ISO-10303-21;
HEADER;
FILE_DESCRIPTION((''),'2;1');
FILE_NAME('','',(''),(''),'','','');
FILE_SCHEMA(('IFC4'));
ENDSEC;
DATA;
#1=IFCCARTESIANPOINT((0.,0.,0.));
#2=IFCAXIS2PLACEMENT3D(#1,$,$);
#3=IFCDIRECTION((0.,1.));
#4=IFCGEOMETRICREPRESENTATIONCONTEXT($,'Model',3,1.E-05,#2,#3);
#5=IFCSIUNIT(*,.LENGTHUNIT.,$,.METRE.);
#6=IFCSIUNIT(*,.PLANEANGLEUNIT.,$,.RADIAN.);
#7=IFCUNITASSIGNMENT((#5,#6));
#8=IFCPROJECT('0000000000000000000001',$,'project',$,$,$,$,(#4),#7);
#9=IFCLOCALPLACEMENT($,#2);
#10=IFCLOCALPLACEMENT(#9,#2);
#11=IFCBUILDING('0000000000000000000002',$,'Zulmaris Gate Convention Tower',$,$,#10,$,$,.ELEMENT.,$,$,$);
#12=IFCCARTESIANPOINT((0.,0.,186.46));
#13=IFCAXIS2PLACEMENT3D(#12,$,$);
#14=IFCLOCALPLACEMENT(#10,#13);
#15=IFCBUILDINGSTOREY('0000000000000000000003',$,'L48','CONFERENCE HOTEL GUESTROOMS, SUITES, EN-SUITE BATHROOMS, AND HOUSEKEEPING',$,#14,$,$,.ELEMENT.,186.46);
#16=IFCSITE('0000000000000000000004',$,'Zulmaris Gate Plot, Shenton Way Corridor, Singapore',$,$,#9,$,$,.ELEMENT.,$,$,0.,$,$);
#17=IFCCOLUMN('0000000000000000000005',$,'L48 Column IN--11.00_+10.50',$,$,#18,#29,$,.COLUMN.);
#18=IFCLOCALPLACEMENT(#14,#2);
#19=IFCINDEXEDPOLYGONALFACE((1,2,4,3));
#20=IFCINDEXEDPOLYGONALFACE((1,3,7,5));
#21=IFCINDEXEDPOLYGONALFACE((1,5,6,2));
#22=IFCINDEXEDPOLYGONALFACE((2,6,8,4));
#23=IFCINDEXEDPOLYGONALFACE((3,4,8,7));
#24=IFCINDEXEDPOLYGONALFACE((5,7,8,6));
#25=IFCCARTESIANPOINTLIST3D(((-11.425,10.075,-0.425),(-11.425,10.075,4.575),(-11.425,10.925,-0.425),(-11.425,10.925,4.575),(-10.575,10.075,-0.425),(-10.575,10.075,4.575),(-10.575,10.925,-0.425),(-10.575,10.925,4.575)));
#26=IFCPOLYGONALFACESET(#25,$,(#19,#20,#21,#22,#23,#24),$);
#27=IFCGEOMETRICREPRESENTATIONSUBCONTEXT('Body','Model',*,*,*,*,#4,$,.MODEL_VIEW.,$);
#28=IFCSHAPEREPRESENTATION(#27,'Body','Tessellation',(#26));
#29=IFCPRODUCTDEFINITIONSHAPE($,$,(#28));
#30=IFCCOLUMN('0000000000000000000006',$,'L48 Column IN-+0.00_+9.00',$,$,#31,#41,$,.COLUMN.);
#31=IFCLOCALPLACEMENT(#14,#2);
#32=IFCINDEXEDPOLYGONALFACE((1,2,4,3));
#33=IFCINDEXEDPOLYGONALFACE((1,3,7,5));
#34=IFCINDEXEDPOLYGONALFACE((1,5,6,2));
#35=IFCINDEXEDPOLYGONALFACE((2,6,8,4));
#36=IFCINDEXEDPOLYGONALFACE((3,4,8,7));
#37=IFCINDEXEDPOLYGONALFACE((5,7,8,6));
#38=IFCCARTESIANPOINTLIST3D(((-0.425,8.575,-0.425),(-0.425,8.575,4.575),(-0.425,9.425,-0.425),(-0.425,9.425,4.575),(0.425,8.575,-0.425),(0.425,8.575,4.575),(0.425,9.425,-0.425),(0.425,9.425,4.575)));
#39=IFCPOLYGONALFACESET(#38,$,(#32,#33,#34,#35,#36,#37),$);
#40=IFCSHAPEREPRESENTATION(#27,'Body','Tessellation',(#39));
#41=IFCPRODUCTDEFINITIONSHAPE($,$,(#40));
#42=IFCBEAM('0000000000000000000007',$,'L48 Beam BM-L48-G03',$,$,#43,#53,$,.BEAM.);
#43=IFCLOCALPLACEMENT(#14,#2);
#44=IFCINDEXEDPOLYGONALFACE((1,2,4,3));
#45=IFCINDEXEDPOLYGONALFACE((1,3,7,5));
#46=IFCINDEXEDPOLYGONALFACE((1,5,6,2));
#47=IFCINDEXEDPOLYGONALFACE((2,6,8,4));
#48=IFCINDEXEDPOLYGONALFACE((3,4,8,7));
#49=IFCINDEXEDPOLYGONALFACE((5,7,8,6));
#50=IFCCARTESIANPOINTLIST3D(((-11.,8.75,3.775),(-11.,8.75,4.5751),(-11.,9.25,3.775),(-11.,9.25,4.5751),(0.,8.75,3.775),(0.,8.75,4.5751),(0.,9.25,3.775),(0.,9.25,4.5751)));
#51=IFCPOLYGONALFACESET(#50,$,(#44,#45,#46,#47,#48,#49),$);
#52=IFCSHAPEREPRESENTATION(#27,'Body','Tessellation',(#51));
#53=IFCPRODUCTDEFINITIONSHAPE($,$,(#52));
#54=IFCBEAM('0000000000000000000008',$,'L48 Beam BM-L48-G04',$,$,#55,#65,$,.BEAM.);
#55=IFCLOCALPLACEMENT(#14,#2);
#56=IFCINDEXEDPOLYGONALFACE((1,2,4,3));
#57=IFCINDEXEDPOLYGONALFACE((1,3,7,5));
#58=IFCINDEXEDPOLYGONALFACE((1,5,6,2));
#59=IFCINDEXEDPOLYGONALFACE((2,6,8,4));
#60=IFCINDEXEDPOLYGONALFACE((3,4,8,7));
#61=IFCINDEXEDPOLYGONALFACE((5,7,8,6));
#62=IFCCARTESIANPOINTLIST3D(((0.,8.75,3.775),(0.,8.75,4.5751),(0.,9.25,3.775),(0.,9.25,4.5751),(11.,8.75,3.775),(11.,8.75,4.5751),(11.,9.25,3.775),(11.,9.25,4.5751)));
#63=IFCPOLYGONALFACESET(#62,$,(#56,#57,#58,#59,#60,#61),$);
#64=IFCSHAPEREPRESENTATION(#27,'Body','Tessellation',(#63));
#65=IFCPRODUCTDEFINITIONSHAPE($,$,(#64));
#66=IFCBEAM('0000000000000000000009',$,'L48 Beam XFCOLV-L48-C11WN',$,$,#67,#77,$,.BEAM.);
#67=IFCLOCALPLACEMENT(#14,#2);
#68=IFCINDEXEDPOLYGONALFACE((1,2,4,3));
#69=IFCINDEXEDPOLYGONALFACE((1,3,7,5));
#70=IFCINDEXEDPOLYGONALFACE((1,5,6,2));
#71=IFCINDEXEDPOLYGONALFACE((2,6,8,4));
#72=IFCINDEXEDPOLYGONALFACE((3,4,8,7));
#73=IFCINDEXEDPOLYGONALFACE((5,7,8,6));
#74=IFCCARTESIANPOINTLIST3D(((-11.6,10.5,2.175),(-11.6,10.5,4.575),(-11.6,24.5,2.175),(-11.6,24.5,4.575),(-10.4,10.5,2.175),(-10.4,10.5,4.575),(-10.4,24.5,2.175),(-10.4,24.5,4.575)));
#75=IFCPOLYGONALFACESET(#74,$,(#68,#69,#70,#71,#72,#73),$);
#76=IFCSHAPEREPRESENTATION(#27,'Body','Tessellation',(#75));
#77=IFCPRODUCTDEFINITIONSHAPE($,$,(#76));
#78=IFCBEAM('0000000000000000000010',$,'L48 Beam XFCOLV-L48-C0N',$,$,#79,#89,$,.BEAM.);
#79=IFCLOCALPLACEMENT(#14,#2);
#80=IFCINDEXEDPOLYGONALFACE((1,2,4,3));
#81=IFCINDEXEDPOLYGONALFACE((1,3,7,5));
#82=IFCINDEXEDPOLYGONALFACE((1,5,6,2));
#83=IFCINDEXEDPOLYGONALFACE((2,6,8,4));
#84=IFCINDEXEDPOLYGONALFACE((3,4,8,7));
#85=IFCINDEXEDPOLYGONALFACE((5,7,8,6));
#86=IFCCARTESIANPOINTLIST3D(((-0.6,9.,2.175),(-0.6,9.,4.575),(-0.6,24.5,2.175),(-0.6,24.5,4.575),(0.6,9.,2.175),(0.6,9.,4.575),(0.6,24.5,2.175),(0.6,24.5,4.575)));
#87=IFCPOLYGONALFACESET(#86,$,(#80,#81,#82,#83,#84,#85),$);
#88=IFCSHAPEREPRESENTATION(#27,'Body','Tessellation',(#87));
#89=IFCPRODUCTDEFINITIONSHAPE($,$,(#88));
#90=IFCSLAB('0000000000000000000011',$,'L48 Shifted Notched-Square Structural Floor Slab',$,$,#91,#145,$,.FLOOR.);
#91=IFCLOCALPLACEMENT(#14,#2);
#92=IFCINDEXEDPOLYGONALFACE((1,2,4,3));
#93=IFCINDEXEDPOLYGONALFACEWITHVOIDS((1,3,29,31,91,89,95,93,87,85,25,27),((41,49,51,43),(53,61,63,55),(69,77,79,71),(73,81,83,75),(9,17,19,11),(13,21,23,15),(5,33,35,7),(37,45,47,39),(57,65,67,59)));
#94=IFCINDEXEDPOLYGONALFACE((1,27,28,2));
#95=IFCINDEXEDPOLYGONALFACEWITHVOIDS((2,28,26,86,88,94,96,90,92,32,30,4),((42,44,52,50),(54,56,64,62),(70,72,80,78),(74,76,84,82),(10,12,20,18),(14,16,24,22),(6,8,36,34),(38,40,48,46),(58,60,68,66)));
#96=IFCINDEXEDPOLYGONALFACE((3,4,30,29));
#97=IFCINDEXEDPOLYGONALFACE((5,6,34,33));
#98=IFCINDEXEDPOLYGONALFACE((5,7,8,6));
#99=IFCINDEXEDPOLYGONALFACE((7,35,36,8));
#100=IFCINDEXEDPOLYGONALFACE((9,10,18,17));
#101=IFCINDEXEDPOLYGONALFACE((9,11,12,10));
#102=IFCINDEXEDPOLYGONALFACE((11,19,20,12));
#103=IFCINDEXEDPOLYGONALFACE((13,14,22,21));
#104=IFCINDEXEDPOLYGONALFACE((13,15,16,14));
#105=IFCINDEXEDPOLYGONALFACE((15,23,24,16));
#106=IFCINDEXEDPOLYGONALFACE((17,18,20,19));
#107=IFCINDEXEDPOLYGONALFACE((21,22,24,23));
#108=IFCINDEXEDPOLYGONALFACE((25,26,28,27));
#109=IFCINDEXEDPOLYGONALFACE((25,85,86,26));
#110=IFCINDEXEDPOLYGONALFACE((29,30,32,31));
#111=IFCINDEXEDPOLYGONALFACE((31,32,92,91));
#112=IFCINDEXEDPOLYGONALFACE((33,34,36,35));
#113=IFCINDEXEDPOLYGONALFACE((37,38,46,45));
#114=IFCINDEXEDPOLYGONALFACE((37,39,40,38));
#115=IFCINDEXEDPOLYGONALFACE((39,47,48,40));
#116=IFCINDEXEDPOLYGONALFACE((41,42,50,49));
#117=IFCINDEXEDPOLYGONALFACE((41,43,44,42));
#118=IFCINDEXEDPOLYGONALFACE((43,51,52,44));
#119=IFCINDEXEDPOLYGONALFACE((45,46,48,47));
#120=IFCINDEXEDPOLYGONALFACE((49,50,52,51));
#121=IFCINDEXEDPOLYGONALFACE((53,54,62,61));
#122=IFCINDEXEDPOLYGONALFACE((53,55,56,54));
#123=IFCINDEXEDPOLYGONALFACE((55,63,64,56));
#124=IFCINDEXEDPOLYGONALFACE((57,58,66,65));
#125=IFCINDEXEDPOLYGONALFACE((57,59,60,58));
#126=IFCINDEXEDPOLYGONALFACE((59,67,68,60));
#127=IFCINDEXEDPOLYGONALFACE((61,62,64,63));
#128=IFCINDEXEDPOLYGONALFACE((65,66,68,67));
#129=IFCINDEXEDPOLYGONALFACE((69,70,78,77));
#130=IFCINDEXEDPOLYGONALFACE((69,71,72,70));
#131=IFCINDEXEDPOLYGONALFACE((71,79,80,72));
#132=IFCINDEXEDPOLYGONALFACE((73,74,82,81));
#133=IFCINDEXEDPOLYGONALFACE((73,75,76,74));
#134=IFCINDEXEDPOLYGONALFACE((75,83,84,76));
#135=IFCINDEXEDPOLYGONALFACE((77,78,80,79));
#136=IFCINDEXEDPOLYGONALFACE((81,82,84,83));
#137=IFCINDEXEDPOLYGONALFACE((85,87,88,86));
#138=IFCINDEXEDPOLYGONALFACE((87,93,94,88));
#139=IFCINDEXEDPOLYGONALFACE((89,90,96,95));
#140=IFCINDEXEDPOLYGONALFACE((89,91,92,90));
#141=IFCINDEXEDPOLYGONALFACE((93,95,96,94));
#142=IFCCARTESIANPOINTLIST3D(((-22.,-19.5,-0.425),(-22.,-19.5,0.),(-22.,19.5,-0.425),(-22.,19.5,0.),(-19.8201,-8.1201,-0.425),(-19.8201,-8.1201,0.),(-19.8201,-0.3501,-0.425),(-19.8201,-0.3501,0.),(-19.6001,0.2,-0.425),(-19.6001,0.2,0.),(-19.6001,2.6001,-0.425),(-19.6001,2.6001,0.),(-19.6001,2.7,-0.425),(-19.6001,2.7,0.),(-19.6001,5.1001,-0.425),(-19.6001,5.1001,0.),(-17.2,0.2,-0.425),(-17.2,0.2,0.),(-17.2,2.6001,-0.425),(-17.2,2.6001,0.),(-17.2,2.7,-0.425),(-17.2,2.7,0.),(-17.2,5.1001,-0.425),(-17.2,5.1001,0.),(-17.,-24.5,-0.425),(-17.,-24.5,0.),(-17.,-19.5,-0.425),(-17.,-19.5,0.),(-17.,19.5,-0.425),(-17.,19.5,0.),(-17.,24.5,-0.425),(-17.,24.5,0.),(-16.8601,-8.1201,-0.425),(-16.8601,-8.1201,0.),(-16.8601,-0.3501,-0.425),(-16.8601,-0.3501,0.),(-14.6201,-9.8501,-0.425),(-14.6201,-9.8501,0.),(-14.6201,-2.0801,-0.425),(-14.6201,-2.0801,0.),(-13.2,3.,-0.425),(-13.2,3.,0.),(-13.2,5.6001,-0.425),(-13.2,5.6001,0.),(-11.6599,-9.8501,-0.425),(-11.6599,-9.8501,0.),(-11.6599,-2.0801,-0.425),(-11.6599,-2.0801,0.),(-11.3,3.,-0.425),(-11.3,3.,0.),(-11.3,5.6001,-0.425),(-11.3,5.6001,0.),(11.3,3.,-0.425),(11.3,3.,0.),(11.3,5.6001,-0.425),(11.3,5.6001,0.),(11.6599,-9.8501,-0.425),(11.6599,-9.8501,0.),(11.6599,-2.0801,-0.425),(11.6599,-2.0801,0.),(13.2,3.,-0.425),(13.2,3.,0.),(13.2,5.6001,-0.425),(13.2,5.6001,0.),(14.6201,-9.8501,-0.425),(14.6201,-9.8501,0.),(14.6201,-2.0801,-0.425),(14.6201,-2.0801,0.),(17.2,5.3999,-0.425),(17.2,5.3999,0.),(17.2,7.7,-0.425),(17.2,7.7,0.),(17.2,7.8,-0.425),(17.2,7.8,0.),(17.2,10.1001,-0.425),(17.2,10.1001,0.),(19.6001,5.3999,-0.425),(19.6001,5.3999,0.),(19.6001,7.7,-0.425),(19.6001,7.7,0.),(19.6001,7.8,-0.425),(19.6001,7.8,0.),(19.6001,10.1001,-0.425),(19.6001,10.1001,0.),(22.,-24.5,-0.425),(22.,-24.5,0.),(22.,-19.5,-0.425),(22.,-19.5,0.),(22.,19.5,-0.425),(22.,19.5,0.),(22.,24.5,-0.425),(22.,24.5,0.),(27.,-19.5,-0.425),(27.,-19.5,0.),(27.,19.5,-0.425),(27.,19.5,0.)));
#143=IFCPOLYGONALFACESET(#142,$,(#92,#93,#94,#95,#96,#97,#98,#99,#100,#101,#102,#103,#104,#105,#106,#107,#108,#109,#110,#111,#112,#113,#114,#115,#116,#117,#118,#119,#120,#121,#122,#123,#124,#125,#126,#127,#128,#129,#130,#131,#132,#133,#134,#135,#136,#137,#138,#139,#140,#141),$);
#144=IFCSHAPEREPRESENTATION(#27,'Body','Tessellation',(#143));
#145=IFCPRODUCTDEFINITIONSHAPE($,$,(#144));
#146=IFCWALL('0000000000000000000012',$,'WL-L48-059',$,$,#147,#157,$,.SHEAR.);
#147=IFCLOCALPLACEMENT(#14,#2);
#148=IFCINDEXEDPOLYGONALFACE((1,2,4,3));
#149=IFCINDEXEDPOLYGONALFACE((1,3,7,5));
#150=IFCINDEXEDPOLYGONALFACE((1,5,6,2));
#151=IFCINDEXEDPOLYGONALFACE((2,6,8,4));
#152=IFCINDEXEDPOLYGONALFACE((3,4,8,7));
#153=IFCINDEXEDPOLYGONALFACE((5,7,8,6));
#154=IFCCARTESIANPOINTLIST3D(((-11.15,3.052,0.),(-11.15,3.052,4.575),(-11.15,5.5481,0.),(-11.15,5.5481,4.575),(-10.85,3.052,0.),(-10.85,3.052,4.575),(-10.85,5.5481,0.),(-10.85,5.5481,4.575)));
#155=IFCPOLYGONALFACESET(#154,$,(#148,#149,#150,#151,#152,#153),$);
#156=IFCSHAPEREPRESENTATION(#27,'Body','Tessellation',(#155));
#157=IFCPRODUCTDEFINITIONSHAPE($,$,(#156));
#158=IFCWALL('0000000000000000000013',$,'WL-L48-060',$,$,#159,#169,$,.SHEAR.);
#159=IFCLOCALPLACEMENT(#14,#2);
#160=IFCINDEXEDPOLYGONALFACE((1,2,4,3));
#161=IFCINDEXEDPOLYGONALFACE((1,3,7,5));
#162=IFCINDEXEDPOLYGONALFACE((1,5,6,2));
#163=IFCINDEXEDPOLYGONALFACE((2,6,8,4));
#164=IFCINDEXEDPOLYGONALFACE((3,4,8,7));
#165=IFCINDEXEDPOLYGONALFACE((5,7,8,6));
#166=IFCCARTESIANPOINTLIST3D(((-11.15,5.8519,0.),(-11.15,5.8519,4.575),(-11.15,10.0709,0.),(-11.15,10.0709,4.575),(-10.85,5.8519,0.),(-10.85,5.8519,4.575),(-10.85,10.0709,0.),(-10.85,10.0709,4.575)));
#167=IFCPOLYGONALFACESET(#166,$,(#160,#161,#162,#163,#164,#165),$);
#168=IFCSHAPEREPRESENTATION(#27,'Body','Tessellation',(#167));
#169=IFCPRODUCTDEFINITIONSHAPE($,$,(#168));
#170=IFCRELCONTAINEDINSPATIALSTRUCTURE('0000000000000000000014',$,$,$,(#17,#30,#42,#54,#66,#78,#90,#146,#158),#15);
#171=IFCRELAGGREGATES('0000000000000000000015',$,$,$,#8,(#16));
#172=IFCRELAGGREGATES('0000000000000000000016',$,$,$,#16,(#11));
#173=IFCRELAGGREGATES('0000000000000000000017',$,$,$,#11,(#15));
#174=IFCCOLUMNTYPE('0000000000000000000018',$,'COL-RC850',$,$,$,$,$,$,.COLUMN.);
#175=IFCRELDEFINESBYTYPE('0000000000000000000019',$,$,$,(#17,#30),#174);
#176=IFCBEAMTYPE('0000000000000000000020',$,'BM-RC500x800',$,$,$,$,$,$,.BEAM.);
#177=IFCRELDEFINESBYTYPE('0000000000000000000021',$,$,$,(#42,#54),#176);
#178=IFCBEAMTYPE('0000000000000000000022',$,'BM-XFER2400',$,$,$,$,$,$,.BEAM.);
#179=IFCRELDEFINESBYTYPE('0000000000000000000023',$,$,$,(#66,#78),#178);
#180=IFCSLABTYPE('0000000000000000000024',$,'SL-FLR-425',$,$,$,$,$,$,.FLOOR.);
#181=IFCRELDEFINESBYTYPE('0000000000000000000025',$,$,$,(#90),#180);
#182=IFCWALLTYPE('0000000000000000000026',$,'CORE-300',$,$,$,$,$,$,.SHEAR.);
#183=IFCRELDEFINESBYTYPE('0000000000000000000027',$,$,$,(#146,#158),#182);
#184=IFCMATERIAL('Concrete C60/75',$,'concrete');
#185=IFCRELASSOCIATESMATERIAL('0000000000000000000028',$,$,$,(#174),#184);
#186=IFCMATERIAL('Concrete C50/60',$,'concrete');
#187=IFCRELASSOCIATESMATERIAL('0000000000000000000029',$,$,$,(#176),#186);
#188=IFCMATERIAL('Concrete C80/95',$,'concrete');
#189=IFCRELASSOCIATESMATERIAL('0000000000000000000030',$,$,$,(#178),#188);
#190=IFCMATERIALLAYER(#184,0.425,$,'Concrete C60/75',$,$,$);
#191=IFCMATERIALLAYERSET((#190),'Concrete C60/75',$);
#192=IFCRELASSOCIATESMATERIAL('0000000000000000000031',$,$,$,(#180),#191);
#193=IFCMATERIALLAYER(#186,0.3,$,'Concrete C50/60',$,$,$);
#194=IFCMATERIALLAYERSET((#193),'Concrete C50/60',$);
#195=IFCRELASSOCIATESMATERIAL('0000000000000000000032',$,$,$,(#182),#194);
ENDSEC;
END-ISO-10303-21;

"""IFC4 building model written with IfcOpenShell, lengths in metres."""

from ifc_helpers import new_model, si_unit, direction, frame, frame_2d, origin, origin_2d, place, context, subcontext, project, spatial, polyline, rectangle, outline, extrude, material, layer, layer_set, material_profile, profile_set, type_object, element, save


model = new_model("IFC4")

# Units and contexts
model_context = context("Model", 3, precision=1e-05, world=origin(), true_north=direction((0.0, 1.0)))
body_context = subcontext(model_context, "Body", "Model", "MODEL_VIEW")
ifc_project = project(units=[si_unit("LENGTHUNIT", "METRE"), si_unit("PLANEANGLEUNIT", "RADIAN")], contexts=[model_context])

# Site, building, storey
site_placement = place(None, origin())
site = spatial("IfcSite", under=ifc_project, at=site_placement, Name="Zulmaris Gate Plot, Shenton Way Corridor, Singapore", CompositionType="ELEMENT", RefElevation=0.0)
building_placement = place(site_placement, origin())
building = spatial("IfcBuilding", under=site, at=building_placement, Name="Zulmaris Gate Convention Tower", CompositionType="ELEMENT")
storey_placement = place(building_placement, frame((0.0, 0.0, 186.46)))
storey = spatial("IfcBuildingStorey", under=building, at=storey_placement, Name="L48", Description="CONFERENCE HOTEL GUESTROOMS, SUITES, EN-SUITE BATHROOMS, AND HOUSEKEEPING", CompositionType="ELEMENT", Elevation=186.46)

# Columns
ifc_material_1 = material(Name="Concrete C60/75", Category="concrete")
ifc_material_profile_1 = material_profile(ifc_material_1, rectangle(XDim=0.8501, YDim=0.8501, at=origin_2d()), Name="RC COL 850x850")
ifc_profile_set_1 = profile_set([ifc_material_profile_1], Name="Concrete C60/75")
column_type = type_object("IfcColumnType", Name="COL-RC850", PredefinedType="COLUMN", material=ifc_profile_set_1)
for number, where, z_axis, x_axis, name in (
    (1, (-11.0, 10.5, -0.425), (0.0, 0.0, 1.0), (1.0, 0.0, 0.0), "L48 Column IN--11.00_+10.50"),
    (2, (0.0, 9.0, -0.425), (0.0, 0.0, 1.0), (1.0, 0.0, 0.0), "L48 Column IN-+0.00_+9.00"),
):
    element("IfcColumn", number, at=place(storey_placement, frame(where, z_axis=z_axis, x_axis=x_axis)), inside=storey, type_object=column_type, Name=name, PredefinedType="COLUMN", context=body_context, shape_type="SweptSolid", body=[
        extrude(rectangle(XDim=0.8501, YDim=0.8501, at=origin_2d()), origin(), (0.0, 0.0, 1.0), 5.0),
    ])

# Beams
ifc_material_2 = material(Name="Concrete C50/60", Category="concrete")
ifc_material_profile_2 = material_profile(ifc_material_2, rectangle(XDim=0.5, YDim=0.8, at=origin_2d()), Name="RC BEAM 500x800")
ifc_profile_set_2 = profile_set([ifc_material_profile_2], Name="Concrete C50/60")
beam_type_1 = type_object("IfcBeamType", Name="BM-RC500x800", PredefinedType="BEAM", material=ifc_profile_set_2)
for number, where, z_axis, x_axis, name in (
    (3, (-11.0, 9.0, 4.175), (1.0, 0.0, 0.0), (0.0, 1.0, 0.0), "L48 Beam BM-L48-G03"),
    (4, (0.0, 9.0, 4.175), (1.0, 0.0, 0.0), (0.0, 1.0, 0.0), "L48 Beam BM-L48-G04"),
):
    element("IfcBeam", number, at=place(storey_placement, frame(where, z_axis=z_axis, x_axis=x_axis)), inside=storey, type_object=beam_type_1, Name=name, PredefinedType="BEAM", context=body_context, shape_type="SweptSolid", body=[
        extrude(rectangle(XDim=0.5, YDim=0.8, at=origin_2d()), origin(), (0.0, 0.0, 1.0), 11.0),
    ])
ifc_material_3 = material(Name="Concrete C80/95", Category="concrete")
ifc_material_profile_3 = material_profile(ifc_material_3, rectangle(XDim=1.2, YDim=2.3999, at=origin_2d()), Name="RC TRANSFER 1200x2400")
ifc_profile_set_3 = profile_set([ifc_material_profile_3], Name="Concrete C80/95")
beam_type_2 = type_object("IfcBeamType", Name="BM-XFER2400", PredefinedType="BEAM", material=ifc_profile_set_3)
beam_1_placement = place(storey_placement, frame((-11.0, 10.5, 3.375), z_axis=(0.0, 1.0, 0.0), x_axis=(-1.0, 0.0, 0.0)))
element("IfcBeam", 5, at=beam_1_placement, inside=storey, type_object=beam_type_2, Name="L48 Beam XFCOLV-L48-C11WN", PredefinedType="BEAM", context=body_context, shape_type="SweptSolid", body=[
    extrude(rectangle(XDim=1.2, YDim=2.3999, at=origin_2d()), origin(), (0.0, 0.0, 1.0), 14.0),
])
beam_2_placement = place(storey_placement, frame((0.0, 9.0, 3.375), z_axis=(0.0, 1.0, 0.0), x_axis=(-1.0, 0.0, 0.0)))
element("IfcBeam", 6, at=beam_2_placement, inside=storey, type_object=beam_type_2, Name="L48 Beam XFCOLV-L48-C0N", PredefinedType="BEAM", context=body_context, shape_type="SweptSolid", body=[
    extrude(rectangle(XDim=1.2, YDim=2.3999, at=origin_2d()), origin(), (0.0, 0.0, 1.0), 15.5),
])

# Slab
ifc_layer_1 = layer(ifc_material_1, 0.425, Name="Concrete C60/75")
ifc_layer_set_1 = layer_set([ifc_layer_1], Name="Concrete C60/75")
slab_type = type_object("IfcSlabType", Name="SL-FLR-425", PredefinedType="FLOOR", material=ifc_layer_set_1)
slab_placement = place(storey_placement, frame((0.0, 0.0, -0.425)))
element("IfcSlab", 7, at=slab_placement, inside=storey, type_object=slab_type, Name="L48 Shifted Notched-Square Structural Floor Slab", PredefinedType="FLOOR", context=body_context, shape_type="SweptSolid", body=[
    extrude(outline(polyline([(-17.0, -24.5), (22.0, -24.5), (22.0, -19.5), (27.0, -19.5), (27.0, 19.5), (22.0, 19.5), (22.0, 24.5), (-17.0, 24.5), (-17.0, 19.5), (-22.0, 19.5), (-22.0, -19.5), (-17.0, -19.5), (-17.0, -24.5)]), holes=[polyline([(-14.6201, -2.0801), (-14.6201, -9.8501), (-11.6599, -9.8501), (-11.6599, -2.0801), (-14.6201, -2.0801)]), polyline([(11.6599, -2.0801), (11.6599, -9.8501), (14.6201, -9.8501), (14.6201, -2.0801), (11.6599, -2.0801)]), polyline([(-16.8601, -8.1201), (-16.8601, -0.3501), (-19.8201, -0.3501), (-19.8201, -8.1201), (-16.8601, -8.1201)]), polyline([(-13.2, 3.0), (-11.3, 3.0), (-11.3, 5.6001), (-13.2, 5.6001), (-13.2, 3.0)]), polyline([(11.3, 3.0), (13.2, 3.0), (13.2, 5.6001), (11.3, 5.6001), (11.3, 3.0)]), polyline([(17.2, 5.3999), (19.6001, 5.3999), (19.6001, 7.7), (17.2, 7.7), (17.2, 5.3999)]), polyline([(17.2, 7.8), (19.6001, 7.8), (19.6001, 10.1001), (17.2, 10.1001), (17.2, 7.8)]), polyline([(-19.6001, 0.2), (-17.2, 0.2), (-17.2, 2.6001), (-19.6001, 2.6001), (-19.6001, 0.2)]), polyline([(-19.6001, 2.7), (-17.2, 2.7), (-17.2, 5.1001), (-19.6001, 5.1001), (-19.6001, 2.7)])]), origin(), (0.0, 0.0, 1.0), 0.425),
])

# Shared definitions
ifc_layer_2 = layer(ifc_material_2, 0.3, Name="Concrete C50/60")
ifc_layer_set_2 = layer_set([ifc_layer_2], Name="Concrete C50/60")
wall_type_1 = type_object("IfcWallType", Name="CORE-300", PredefinedType="SHEAR", material=ifc_layer_set_2)

# Walls
wall_1_placement = place(storey_placement, frame((-11.0, 3.052, 0.0), z_axis=(0.0, 0.0, 1.0), x_axis=(0.0, 1.0, 0.0)))
element("IfcWall", 8, at=wall_1_placement, inside=storey, type_object=wall_type_1, Name="WL-L48-059", PredefinedType="SHEAR", context=body_context, shape_type="SweptSolid", body=[
    extrude(rectangle(XDim=2.4961, YDim=0.3, at=frame_2d((1.248, 0.0))), origin(), (0.0, 0.0, 1.0), 4.575),
])
wall_2_placement = place(storey_placement, frame((-11.0, 5.8521, 0.0), z_axis=(0.0, 0.0, 1.0), x_axis=(0.0, 1.0, 0.0)))
element("IfcWall", 9, at=wall_2_placement, inside=storey, type_object=wall_type_1, Name="WL-L48-060", PredefinedType="SHEAR", context=body_context, shape_type="SweptSolid", body=[
    extrude(rectangle(XDim=4.219, YDim=0.3, at=frame_2d((2.1094, 0.0))), origin(), (0.0, 0.0, 1.0), 4.575),
])

save(model, "model.ifc")
